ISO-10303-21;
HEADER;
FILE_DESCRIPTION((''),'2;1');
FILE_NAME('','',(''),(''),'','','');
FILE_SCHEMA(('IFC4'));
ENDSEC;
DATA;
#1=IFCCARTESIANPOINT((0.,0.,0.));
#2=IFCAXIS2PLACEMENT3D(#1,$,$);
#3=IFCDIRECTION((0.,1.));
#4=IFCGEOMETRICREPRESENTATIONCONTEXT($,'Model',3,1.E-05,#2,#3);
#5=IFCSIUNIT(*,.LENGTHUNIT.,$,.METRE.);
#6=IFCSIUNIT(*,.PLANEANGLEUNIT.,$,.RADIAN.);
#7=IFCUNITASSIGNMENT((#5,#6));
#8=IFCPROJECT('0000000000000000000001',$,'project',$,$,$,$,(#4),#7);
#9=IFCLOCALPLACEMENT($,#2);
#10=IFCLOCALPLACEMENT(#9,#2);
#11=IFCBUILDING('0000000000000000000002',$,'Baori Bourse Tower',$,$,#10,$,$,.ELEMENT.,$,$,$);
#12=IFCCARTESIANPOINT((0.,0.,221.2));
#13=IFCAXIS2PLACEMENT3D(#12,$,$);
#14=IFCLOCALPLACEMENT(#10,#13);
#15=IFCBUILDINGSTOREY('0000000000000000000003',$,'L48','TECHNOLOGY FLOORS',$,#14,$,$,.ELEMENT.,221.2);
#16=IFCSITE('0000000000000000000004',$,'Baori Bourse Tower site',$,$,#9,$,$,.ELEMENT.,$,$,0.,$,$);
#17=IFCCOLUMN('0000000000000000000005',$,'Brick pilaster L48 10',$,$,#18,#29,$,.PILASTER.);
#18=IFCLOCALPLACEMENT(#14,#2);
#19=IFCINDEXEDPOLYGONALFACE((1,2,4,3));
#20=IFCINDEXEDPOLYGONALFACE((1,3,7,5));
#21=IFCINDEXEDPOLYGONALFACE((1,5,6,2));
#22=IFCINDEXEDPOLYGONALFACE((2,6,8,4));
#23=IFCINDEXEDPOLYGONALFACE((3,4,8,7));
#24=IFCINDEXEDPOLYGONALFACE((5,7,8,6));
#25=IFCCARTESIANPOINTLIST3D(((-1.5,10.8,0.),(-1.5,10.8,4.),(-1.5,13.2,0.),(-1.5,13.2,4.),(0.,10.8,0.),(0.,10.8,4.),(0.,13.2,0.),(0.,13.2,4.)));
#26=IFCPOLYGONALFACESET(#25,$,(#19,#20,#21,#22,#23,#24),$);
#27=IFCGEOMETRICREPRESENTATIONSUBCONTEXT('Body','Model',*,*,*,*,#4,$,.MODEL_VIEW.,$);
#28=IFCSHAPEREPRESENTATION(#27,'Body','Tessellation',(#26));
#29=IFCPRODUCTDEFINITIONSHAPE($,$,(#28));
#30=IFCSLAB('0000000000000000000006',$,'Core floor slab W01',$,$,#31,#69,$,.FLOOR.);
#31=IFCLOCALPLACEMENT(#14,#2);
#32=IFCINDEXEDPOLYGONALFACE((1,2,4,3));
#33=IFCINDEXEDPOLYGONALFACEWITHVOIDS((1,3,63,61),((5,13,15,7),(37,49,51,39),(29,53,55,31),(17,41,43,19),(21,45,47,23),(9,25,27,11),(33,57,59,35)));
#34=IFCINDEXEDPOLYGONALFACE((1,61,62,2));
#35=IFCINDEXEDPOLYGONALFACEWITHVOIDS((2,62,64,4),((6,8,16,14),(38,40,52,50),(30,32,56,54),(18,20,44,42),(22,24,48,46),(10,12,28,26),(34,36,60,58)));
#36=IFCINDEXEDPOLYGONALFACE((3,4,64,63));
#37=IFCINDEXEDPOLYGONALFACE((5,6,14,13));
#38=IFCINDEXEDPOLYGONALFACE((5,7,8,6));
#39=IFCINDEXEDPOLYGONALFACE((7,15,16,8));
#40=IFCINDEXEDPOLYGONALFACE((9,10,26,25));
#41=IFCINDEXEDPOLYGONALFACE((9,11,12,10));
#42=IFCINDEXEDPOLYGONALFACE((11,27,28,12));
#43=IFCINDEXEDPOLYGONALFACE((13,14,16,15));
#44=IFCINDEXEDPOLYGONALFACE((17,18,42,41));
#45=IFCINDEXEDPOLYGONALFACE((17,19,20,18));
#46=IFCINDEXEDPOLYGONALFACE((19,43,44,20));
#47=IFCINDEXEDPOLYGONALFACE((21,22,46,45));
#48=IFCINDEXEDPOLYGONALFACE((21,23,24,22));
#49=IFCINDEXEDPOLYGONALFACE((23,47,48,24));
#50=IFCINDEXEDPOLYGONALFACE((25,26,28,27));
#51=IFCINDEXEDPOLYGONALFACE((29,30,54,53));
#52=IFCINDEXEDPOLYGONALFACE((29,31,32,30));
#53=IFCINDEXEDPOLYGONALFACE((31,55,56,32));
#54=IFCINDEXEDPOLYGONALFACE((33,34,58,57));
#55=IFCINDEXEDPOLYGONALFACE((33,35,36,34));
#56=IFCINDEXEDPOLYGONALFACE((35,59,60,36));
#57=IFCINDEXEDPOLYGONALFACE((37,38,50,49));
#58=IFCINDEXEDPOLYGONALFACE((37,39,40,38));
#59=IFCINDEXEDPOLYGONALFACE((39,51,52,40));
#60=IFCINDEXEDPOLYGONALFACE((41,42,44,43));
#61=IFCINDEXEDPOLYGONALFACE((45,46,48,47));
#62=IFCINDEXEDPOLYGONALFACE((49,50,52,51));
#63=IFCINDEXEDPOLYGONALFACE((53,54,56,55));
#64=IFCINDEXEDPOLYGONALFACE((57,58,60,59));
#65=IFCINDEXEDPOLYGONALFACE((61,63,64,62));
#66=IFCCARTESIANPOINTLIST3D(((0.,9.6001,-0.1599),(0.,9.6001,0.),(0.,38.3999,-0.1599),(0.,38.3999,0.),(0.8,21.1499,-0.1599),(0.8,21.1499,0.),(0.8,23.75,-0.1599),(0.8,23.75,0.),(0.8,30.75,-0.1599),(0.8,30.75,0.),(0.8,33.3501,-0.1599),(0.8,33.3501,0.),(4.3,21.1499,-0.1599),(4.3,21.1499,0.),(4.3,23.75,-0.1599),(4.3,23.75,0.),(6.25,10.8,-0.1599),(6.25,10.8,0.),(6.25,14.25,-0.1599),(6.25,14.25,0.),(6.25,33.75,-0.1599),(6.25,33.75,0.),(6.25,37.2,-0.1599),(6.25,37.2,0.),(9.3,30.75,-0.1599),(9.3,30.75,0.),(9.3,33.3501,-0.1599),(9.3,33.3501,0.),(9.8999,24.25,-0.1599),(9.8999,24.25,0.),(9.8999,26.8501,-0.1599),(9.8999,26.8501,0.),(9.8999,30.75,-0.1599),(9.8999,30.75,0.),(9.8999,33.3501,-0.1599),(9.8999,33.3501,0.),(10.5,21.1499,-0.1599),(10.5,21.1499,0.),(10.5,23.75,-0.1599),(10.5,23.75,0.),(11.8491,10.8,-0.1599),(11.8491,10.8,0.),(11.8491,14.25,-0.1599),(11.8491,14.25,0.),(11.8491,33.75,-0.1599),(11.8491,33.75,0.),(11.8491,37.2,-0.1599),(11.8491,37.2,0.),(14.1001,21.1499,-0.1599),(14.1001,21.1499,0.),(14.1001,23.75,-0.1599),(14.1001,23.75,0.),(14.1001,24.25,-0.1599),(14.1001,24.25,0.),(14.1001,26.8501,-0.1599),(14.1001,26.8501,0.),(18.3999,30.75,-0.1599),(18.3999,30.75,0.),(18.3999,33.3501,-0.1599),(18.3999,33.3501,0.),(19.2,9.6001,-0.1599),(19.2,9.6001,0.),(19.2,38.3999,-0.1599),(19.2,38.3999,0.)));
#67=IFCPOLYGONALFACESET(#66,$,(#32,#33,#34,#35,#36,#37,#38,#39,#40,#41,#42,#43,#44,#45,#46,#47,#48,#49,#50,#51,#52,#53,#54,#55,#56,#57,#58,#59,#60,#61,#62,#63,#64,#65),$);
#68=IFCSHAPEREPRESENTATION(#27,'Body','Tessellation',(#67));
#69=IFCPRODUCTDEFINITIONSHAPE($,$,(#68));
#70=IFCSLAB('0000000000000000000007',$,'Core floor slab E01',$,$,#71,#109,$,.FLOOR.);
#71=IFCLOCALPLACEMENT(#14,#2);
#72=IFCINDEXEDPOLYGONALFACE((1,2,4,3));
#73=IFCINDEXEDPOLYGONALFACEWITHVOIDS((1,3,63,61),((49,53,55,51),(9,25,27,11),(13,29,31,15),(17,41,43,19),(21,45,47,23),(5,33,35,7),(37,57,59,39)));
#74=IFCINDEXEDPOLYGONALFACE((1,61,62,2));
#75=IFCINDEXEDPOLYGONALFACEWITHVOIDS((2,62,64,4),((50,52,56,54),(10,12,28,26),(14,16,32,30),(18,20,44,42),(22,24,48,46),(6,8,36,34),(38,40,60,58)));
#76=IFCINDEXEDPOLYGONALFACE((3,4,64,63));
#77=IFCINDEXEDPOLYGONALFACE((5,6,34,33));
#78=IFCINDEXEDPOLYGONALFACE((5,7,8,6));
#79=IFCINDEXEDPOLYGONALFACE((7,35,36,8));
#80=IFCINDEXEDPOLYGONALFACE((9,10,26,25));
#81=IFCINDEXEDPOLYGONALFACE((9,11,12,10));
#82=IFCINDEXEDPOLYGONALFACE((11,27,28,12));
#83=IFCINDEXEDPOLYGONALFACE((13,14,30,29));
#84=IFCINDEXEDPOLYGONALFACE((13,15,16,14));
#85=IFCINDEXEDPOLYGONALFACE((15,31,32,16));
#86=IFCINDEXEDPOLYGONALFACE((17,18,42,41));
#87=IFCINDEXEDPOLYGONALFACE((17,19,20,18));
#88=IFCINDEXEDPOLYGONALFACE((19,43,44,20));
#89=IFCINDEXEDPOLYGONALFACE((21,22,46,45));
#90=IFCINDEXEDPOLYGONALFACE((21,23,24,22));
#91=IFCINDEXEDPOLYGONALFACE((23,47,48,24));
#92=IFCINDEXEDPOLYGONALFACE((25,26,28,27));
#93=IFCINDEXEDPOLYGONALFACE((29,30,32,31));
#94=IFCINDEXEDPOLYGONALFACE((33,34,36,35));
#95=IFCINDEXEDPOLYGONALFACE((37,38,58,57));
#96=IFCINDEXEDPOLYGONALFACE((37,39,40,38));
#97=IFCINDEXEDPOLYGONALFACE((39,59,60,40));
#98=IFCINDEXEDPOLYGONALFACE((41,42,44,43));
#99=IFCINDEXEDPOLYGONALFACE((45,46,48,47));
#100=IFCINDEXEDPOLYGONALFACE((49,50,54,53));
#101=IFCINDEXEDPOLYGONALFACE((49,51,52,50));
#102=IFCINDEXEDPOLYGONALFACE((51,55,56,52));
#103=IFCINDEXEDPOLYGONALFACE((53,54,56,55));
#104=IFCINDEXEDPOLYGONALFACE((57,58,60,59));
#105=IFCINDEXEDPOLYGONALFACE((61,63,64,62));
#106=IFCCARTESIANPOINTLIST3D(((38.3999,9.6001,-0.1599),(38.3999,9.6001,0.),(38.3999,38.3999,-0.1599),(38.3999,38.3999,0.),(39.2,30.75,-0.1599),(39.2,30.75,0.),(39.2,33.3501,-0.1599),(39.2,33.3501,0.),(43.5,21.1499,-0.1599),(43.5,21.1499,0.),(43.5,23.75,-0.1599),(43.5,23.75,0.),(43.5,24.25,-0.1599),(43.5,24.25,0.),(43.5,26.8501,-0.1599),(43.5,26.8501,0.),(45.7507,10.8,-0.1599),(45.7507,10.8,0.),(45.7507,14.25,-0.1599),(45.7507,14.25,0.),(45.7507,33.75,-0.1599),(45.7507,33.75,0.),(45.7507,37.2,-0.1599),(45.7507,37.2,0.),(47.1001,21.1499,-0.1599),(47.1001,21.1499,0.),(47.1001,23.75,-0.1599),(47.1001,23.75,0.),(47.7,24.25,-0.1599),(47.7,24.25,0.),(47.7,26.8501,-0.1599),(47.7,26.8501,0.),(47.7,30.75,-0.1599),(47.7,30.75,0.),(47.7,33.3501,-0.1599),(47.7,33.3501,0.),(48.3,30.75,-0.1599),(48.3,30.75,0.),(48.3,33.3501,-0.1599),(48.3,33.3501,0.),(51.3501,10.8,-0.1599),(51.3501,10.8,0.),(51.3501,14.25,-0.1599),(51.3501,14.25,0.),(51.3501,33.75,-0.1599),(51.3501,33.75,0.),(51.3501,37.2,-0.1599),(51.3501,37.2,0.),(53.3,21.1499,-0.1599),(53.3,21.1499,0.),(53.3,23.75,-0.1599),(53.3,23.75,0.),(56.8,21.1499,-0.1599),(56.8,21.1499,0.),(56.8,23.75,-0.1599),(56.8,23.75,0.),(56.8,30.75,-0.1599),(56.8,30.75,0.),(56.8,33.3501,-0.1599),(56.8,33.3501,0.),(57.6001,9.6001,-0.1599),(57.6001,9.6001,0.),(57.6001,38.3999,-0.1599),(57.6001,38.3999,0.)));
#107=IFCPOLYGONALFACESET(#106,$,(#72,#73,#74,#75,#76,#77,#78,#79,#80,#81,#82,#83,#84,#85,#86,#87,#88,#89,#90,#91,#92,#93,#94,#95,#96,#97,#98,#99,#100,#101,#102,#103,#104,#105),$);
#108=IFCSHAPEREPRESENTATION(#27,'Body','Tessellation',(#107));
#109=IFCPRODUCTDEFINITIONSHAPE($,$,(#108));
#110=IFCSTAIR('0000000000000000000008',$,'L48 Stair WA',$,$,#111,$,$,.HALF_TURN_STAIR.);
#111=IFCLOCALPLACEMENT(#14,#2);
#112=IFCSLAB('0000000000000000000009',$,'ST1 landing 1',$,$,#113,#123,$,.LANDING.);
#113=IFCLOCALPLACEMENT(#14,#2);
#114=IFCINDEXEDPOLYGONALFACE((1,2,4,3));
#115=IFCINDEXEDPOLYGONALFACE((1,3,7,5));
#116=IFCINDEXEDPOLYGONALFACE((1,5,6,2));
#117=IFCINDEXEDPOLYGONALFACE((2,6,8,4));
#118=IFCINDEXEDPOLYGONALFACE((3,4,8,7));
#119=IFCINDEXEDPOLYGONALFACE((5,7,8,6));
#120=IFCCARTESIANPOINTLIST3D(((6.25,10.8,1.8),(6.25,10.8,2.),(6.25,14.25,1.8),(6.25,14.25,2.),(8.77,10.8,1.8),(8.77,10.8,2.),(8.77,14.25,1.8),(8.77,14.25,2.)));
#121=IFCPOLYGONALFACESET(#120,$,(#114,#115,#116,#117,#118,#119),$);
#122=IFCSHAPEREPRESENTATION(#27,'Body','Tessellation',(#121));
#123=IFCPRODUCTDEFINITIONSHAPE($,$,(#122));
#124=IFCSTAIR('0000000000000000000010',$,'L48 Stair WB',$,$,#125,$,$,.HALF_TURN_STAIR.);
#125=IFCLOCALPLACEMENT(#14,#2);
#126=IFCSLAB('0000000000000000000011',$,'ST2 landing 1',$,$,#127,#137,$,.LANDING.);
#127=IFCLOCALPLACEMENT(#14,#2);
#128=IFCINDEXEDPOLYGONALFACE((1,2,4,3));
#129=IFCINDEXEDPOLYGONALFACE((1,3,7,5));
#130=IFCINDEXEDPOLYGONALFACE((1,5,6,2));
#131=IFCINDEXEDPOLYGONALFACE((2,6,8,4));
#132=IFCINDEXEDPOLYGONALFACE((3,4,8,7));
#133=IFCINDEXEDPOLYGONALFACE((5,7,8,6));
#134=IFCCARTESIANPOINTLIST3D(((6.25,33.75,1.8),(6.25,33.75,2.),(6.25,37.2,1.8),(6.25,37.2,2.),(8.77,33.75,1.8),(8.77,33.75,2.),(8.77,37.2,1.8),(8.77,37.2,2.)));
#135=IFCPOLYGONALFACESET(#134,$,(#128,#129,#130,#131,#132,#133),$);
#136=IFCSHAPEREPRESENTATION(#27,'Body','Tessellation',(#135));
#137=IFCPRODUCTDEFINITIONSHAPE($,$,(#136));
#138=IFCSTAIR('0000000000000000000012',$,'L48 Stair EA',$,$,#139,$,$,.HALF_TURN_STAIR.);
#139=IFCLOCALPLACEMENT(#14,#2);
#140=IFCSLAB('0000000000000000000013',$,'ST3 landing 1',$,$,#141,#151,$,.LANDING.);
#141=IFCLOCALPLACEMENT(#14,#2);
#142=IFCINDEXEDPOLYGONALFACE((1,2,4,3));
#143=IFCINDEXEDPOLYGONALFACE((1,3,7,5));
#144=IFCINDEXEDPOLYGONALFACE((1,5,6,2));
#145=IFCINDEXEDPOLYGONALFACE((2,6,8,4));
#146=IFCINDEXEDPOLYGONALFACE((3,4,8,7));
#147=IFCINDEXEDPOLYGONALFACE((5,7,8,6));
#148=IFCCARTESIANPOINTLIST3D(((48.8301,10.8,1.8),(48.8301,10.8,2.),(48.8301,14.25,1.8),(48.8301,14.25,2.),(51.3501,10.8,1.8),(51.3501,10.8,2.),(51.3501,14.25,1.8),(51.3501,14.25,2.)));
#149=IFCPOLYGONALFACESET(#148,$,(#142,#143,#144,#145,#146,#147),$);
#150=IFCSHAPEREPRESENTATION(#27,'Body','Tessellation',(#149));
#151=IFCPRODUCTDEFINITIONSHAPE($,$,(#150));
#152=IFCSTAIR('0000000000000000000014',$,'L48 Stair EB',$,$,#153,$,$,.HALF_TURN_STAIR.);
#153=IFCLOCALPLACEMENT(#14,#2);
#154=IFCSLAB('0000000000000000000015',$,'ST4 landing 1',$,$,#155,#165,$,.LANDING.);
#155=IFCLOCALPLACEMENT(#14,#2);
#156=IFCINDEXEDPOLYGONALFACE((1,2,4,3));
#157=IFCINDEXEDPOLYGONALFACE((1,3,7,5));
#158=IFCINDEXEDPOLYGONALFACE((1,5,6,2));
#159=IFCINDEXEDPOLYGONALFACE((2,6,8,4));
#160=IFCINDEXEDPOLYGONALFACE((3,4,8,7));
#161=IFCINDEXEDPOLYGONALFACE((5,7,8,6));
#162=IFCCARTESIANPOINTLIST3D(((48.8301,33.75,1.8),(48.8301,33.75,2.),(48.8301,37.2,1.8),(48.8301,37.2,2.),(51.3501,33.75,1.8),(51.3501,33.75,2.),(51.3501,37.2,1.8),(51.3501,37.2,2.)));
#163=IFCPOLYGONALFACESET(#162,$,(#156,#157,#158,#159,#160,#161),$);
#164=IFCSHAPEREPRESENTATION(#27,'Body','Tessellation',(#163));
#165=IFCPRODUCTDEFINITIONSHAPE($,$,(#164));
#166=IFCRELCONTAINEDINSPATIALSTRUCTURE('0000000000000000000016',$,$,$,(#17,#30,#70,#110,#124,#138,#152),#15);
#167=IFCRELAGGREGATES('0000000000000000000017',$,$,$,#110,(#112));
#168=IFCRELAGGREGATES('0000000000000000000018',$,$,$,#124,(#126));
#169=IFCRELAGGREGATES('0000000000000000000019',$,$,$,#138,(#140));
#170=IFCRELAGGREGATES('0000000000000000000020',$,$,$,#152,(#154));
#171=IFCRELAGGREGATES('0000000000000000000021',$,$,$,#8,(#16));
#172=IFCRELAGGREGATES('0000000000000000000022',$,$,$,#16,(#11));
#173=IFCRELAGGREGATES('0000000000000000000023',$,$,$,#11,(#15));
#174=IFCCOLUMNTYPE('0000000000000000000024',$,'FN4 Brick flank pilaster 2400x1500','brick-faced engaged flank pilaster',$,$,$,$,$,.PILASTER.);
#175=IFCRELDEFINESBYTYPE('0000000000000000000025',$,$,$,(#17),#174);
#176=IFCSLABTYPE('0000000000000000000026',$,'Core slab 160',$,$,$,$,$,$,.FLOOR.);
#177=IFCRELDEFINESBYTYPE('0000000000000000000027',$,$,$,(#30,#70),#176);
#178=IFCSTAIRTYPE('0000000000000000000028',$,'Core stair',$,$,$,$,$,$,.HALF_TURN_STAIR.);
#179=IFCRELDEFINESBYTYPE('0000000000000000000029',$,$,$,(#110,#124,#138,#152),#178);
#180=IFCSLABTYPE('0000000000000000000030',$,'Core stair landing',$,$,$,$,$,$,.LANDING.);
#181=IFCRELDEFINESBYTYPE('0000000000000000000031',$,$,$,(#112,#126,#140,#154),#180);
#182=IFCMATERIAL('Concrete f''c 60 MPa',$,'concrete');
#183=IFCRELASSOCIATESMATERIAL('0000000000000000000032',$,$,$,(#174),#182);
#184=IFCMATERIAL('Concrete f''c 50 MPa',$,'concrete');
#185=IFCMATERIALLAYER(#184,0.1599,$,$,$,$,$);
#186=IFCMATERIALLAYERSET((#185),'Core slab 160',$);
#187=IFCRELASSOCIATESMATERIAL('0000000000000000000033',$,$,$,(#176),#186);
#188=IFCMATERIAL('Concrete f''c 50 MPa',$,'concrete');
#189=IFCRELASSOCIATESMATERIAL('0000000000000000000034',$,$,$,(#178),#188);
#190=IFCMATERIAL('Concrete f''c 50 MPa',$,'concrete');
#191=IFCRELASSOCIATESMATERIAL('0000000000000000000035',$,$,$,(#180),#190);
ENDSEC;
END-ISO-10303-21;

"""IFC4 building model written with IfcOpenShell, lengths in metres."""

from ifc_helpers import new_model, si_unit, direction, frame, origin, origin_2d, place, context, subcontext, project, spatial, polyline, rectangle, outline, extrude, material, layer, layer_set, material_profile, profile_set, type_object, element, aggregate, save


model = new_model("IFC4")

# Units and contexts
model_context = context("Model", 3, precision=1e-05, world=origin(), true_north=direction((0.0, 1.0)))
body_context = subcontext(model_context, "Body", "Model", "MODEL_VIEW")
ifc_project = project(units=[si_unit("LENGTHUNIT", "METRE"), si_unit("PLANEANGLEUNIT", "RADIAN")], contexts=[model_context])

# Site, building, storey
site_placement = place(None, origin())
site = spatial("IfcSite", under=ifc_project, at=site_placement, Name="Baori Bourse Tower site", CompositionType="ELEMENT", RefElevation=0.0)
building_placement = place(site_placement, origin())
building = spatial("IfcBuilding", under=site, at=building_placement, Name="Baori Bourse Tower", CompositionType="ELEMENT")
storey_placement = place(building_placement, frame((0.0, 0.0, 221.2)))
storey = spatial("IfcBuildingStorey", under=building, at=storey_placement, Name="L48", Description="TECHNOLOGY FLOORS", CompositionType="ELEMENT", Elevation=221.2)

# Column
ifc_material_1 = material(Name="Concrete f'c 60 MPa", Category="concrete")
ifc_material_profile = material_profile(ifc_material_1, rectangle(XDim=2.3999, YDim=1.5, at=origin_2d()), Name="RC 2400x1500")
ifc_profile_set = profile_set([ifc_material_profile], Name="Concrete f'c 60 MPa")
column_type = type_object("IfcColumnType", Name="FN4 Brick flank pilaster 2400x1500", Description="brick-faced engaged flank pilaster", PredefinedType="PILASTER", material=ifc_profile_set)
column_placement = place(storey_placement, frame((-0.75, 12.0, 0.0), z_axis=(0.0, 0.0, 1.0), x_axis=(0.0, 1.0, 0.0)))
element("IfcColumn", 1, at=column_placement, inside=storey, type_object=column_type, Name="Brick pilaster L48 10", PredefinedType="PILASTER", context=body_context, shape_type="SweptSolid", body=[
    extrude(rectangle(XDim=2.3999, YDim=1.5, at=origin_2d()), origin(), (0.0, 0.0, 1.0), 4.0),
])

# Slabs
ifc_material_2 = material(Name="Concrete f'c 50 MPa", Category="concrete")
ifc_layer_1 = layer(ifc_material_2, 0.1599)
ifc_layer_set_1 = layer_set([ifc_layer_1], Name="Core slab 160")
slab_type_1 = type_object("IfcSlabType", Name="Core slab 160", PredefinedType="FLOOR", material=ifc_layer_set_1)
slab_1_placement = place(storey_placement, frame((0.0, 0.0, -0.1599)))
element("IfcSlab", 2, at=slab_1_placement, inside=storey, type_object=slab_type_1, Name="Core floor slab W01", PredefinedType="FLOOR", context=body_context, shape_type="SweptSolid", body=[
    extrude(outline(polyline([(19.2, 38.3999), (0.0, 38.3999), (0.0, 9.6001), (19.2, 9.6001), (19.2, 38.3999)]), holes=[polyline([(9.8999, 33.3501), (18.3999, 33.3501), (18.3999, 30.75), (9.8999, 30.75), (9.8999, 33.3501)]), polyline([(10.5, 21.1499), (10.5, 23.75), (14.1001, 23.75), (14.1001, 21.1499), (10.5, 21.1499)]), polyline([(14.1001, 24.25), (9.8999, 24.25), (9.8999, 26.8501), (14.1001, 26.8501), (14.1001, 24.25)]), polyline([(6.25, 14.25), (11.8491, 14.25), (11.8491, 10.8), (6.25, 10.8), (6.25, 14.25)]), polyline([(11.8491, 37.2), (11.8491, 33.75), (6.25, 33.75), (6.25, 37.2), (11.8491, 37.2)]), polyline([(0.8, 30.75), (0.8, 33.3501), (9.3, 33.3501), (9.3, 30.75), (0.8, 30.75)]), polyline([(4.3, 23.75), (4.3, 21.1499), (0.8, 21.1499), (0.8, 23.75), (4.3, 23.75)])]), origin(), (0.0, 0.0, 1.0), 0.1599),
])
slab_2_placement = place(storey_placement, frame((0.0, 0.0, -0.1599)))
element("IfcSlab", 3, at=slab_2_placement, inside=storey, type_object=slab_type_1, Name="Core floor slab E01", PredefinedType="FLOOR", context=body_context, shape_type="SweptSolid", body=[
    extrude(outline(polyline([(57.6001, 9.6001), (57.6001, 38.3999), (38.3999, 38.3999), (38.3999, 9.6001), (57.6001, 9.6001)]), holes=[polyline([(48.3, 33.3501), (56.8, 33.3501), (56.8, 30.75), (48.3, 30.75), (48.3, 33.3501)]), polyline([(56.8, 21.1499), (53.3, 21.1499), (53.3, 23.75), (56.8, 23.75), (56.8, 21.1499)]), polyline([(45.7507, 14.25), (51.3501, 14.25), (51.3501, 10.8), (45.7507, 10.8), (45.7507, 14.25)]), polyline([(51.3501, 37.2), (51.3501, 33.75), (45.7507, 33.75), (45.7507, 37.2), (51.3501, 37.2)]), polyline([(43.5, 24.25), (43.5, 26.8501), (47.7, 26.8501), (47.7, 24.25), (43.5, 24.25)]), polyline([(47.7, 33.3501), (47.7, 30.75), (39.2, 30.75), (39.2, 33.3501), (47.7, 33.3501)]), polyline([(43.5, 23.75), (47.1001, 23.75), (47.1001, 21.1499), (43.5, 21.1499), (43.5, 23.75)])]), origin(), (0.0, 0.0, 1.0), 0.1599),
])

# Stairs, slabs
ifc_material_3 = material(Name="Concrete f'c 50 MPa", Category="concrete")
stair_type = type_object("IfcStairType", Name="Core stair", PredefinedType="HALF_TURN_STAIR", material=ifc_material_3)
stair_1_placement = place(storey_placement, origin())
stair_1 = element("IfcStair", 4, at=stair_1_placement, inside=storey, type_object=stair_type, Name="L48 Stair WA", PredefinedType="HALF_TURN_STAIR")
ifc_material_4 = material(Name="Concrete f'c 50 MPa", Category="concrete")
slab_type_2 = type_object("IfcSlabType", Name="Core stair landing", PredefinedType="LANDING", material=ifc_material_4)
slab_3_placement = place(storey_placement, frame((0.0, 0.0, 1.8)))
slab_3 = element("IfcSlab", 5, at=slab_3_placement, type_object=slab_type_2, Name="ST1 landing 1", PredefinedType="LANDING", context=body_context, shape_type="SweptSolid", body=[
    extrude(outline(polyline([(8.77, 14.25), (6.25, 14.25), (6.25, 10.8), (8.77, 10.8), (8.77, 14.25)])), origin(), (0.0, 0.0, 1.0), 0.2),
])
aggregate(stair_1, [slab_3])
stair_2_placement = place(storey_placement, origin())
stair_2 = element("IfcStair", 6, at=stair_2_placement, inside=storey, type_object=stair_type, Name="L48 Stair WB", PredefinedType="HALF_TURN_STAIR")
slab_4_placement = place(storey_placement, frame((0.0, 0.0, 1.8)))
slab_4 = element("IfcSlab", 7, at=slab_4_placement, type_object=slab_type_2, Name="ST2 landing 1", PredefinedType="LANDING", context=body_context, shape_type="SweptSolid", body=[
    extrude(outline(polyline([(8.77, 37.2), (6.25, 37.2), (6.25, 33.75), (8.77, 33.75), (8.77, 37.2)])), origin(), (0.0, 0.0, 1.0), 0.2),
])
aggregate(stair_2, [slab_4])
stair_3_placement = place(storey_placement, origin())
stair_3 = element("IfcStair", 8, at=stair_3_placement, inside=storey, type_object=stair_type, Name="L48 Stair EA", PredefinedType="HALF_TURN_STAIR")
slab_5_placement = place(storey_placement, frame((0.0, 0.0, 1.8)))
slab_5 = element("IfcSlab", 9, at=slab_5_placement, type_object=slab_type_2, Name="ST3 landing 1", PredefinedType="LANDING", context=body_context, shape_type="SweptSolid", body=[
    extrude(outline(polyline([(48.8301, 10.8), (51.3501, 10.8), (51.3501, 14.25), (48.8301, 14.25), (48.8301, 10.8)])), origin(), (0.0, 0.0, 1.0), 0.2),
])
aggregate(stair_3, [slab_5])
stair_4_placement = place(storey_placement, origin())
stair_4 = element("IfcStair", 10, at=stair_4_placement, inside=storey, type_object=stair_type, Name="L48 Stair EB", PredefinedType="HALF_TURN_STAIR")
slab_6_placement = place(storey_placement, frame((0.0, 0.0, 1.8)))
slab_6 = element("IfcSlab", 11, at=slab_6_placement, type_object=slab_type_2, Name="ST4 landing 1", PredefinedType="LANDING", context=body_context, shape_type="SweptSolid", body=[
    extrude(outline(polyline([(48.8301, 33.75), (51.3501, 33.75), (51.3501, 37.2), (48.8301, 37.2), (48.8301, 33.75)])), origin(), (0.0, 0.0, 1.0), 0.2),
])
aggregate(stair_4, [slab_6])

save(model, "model.ifc")
